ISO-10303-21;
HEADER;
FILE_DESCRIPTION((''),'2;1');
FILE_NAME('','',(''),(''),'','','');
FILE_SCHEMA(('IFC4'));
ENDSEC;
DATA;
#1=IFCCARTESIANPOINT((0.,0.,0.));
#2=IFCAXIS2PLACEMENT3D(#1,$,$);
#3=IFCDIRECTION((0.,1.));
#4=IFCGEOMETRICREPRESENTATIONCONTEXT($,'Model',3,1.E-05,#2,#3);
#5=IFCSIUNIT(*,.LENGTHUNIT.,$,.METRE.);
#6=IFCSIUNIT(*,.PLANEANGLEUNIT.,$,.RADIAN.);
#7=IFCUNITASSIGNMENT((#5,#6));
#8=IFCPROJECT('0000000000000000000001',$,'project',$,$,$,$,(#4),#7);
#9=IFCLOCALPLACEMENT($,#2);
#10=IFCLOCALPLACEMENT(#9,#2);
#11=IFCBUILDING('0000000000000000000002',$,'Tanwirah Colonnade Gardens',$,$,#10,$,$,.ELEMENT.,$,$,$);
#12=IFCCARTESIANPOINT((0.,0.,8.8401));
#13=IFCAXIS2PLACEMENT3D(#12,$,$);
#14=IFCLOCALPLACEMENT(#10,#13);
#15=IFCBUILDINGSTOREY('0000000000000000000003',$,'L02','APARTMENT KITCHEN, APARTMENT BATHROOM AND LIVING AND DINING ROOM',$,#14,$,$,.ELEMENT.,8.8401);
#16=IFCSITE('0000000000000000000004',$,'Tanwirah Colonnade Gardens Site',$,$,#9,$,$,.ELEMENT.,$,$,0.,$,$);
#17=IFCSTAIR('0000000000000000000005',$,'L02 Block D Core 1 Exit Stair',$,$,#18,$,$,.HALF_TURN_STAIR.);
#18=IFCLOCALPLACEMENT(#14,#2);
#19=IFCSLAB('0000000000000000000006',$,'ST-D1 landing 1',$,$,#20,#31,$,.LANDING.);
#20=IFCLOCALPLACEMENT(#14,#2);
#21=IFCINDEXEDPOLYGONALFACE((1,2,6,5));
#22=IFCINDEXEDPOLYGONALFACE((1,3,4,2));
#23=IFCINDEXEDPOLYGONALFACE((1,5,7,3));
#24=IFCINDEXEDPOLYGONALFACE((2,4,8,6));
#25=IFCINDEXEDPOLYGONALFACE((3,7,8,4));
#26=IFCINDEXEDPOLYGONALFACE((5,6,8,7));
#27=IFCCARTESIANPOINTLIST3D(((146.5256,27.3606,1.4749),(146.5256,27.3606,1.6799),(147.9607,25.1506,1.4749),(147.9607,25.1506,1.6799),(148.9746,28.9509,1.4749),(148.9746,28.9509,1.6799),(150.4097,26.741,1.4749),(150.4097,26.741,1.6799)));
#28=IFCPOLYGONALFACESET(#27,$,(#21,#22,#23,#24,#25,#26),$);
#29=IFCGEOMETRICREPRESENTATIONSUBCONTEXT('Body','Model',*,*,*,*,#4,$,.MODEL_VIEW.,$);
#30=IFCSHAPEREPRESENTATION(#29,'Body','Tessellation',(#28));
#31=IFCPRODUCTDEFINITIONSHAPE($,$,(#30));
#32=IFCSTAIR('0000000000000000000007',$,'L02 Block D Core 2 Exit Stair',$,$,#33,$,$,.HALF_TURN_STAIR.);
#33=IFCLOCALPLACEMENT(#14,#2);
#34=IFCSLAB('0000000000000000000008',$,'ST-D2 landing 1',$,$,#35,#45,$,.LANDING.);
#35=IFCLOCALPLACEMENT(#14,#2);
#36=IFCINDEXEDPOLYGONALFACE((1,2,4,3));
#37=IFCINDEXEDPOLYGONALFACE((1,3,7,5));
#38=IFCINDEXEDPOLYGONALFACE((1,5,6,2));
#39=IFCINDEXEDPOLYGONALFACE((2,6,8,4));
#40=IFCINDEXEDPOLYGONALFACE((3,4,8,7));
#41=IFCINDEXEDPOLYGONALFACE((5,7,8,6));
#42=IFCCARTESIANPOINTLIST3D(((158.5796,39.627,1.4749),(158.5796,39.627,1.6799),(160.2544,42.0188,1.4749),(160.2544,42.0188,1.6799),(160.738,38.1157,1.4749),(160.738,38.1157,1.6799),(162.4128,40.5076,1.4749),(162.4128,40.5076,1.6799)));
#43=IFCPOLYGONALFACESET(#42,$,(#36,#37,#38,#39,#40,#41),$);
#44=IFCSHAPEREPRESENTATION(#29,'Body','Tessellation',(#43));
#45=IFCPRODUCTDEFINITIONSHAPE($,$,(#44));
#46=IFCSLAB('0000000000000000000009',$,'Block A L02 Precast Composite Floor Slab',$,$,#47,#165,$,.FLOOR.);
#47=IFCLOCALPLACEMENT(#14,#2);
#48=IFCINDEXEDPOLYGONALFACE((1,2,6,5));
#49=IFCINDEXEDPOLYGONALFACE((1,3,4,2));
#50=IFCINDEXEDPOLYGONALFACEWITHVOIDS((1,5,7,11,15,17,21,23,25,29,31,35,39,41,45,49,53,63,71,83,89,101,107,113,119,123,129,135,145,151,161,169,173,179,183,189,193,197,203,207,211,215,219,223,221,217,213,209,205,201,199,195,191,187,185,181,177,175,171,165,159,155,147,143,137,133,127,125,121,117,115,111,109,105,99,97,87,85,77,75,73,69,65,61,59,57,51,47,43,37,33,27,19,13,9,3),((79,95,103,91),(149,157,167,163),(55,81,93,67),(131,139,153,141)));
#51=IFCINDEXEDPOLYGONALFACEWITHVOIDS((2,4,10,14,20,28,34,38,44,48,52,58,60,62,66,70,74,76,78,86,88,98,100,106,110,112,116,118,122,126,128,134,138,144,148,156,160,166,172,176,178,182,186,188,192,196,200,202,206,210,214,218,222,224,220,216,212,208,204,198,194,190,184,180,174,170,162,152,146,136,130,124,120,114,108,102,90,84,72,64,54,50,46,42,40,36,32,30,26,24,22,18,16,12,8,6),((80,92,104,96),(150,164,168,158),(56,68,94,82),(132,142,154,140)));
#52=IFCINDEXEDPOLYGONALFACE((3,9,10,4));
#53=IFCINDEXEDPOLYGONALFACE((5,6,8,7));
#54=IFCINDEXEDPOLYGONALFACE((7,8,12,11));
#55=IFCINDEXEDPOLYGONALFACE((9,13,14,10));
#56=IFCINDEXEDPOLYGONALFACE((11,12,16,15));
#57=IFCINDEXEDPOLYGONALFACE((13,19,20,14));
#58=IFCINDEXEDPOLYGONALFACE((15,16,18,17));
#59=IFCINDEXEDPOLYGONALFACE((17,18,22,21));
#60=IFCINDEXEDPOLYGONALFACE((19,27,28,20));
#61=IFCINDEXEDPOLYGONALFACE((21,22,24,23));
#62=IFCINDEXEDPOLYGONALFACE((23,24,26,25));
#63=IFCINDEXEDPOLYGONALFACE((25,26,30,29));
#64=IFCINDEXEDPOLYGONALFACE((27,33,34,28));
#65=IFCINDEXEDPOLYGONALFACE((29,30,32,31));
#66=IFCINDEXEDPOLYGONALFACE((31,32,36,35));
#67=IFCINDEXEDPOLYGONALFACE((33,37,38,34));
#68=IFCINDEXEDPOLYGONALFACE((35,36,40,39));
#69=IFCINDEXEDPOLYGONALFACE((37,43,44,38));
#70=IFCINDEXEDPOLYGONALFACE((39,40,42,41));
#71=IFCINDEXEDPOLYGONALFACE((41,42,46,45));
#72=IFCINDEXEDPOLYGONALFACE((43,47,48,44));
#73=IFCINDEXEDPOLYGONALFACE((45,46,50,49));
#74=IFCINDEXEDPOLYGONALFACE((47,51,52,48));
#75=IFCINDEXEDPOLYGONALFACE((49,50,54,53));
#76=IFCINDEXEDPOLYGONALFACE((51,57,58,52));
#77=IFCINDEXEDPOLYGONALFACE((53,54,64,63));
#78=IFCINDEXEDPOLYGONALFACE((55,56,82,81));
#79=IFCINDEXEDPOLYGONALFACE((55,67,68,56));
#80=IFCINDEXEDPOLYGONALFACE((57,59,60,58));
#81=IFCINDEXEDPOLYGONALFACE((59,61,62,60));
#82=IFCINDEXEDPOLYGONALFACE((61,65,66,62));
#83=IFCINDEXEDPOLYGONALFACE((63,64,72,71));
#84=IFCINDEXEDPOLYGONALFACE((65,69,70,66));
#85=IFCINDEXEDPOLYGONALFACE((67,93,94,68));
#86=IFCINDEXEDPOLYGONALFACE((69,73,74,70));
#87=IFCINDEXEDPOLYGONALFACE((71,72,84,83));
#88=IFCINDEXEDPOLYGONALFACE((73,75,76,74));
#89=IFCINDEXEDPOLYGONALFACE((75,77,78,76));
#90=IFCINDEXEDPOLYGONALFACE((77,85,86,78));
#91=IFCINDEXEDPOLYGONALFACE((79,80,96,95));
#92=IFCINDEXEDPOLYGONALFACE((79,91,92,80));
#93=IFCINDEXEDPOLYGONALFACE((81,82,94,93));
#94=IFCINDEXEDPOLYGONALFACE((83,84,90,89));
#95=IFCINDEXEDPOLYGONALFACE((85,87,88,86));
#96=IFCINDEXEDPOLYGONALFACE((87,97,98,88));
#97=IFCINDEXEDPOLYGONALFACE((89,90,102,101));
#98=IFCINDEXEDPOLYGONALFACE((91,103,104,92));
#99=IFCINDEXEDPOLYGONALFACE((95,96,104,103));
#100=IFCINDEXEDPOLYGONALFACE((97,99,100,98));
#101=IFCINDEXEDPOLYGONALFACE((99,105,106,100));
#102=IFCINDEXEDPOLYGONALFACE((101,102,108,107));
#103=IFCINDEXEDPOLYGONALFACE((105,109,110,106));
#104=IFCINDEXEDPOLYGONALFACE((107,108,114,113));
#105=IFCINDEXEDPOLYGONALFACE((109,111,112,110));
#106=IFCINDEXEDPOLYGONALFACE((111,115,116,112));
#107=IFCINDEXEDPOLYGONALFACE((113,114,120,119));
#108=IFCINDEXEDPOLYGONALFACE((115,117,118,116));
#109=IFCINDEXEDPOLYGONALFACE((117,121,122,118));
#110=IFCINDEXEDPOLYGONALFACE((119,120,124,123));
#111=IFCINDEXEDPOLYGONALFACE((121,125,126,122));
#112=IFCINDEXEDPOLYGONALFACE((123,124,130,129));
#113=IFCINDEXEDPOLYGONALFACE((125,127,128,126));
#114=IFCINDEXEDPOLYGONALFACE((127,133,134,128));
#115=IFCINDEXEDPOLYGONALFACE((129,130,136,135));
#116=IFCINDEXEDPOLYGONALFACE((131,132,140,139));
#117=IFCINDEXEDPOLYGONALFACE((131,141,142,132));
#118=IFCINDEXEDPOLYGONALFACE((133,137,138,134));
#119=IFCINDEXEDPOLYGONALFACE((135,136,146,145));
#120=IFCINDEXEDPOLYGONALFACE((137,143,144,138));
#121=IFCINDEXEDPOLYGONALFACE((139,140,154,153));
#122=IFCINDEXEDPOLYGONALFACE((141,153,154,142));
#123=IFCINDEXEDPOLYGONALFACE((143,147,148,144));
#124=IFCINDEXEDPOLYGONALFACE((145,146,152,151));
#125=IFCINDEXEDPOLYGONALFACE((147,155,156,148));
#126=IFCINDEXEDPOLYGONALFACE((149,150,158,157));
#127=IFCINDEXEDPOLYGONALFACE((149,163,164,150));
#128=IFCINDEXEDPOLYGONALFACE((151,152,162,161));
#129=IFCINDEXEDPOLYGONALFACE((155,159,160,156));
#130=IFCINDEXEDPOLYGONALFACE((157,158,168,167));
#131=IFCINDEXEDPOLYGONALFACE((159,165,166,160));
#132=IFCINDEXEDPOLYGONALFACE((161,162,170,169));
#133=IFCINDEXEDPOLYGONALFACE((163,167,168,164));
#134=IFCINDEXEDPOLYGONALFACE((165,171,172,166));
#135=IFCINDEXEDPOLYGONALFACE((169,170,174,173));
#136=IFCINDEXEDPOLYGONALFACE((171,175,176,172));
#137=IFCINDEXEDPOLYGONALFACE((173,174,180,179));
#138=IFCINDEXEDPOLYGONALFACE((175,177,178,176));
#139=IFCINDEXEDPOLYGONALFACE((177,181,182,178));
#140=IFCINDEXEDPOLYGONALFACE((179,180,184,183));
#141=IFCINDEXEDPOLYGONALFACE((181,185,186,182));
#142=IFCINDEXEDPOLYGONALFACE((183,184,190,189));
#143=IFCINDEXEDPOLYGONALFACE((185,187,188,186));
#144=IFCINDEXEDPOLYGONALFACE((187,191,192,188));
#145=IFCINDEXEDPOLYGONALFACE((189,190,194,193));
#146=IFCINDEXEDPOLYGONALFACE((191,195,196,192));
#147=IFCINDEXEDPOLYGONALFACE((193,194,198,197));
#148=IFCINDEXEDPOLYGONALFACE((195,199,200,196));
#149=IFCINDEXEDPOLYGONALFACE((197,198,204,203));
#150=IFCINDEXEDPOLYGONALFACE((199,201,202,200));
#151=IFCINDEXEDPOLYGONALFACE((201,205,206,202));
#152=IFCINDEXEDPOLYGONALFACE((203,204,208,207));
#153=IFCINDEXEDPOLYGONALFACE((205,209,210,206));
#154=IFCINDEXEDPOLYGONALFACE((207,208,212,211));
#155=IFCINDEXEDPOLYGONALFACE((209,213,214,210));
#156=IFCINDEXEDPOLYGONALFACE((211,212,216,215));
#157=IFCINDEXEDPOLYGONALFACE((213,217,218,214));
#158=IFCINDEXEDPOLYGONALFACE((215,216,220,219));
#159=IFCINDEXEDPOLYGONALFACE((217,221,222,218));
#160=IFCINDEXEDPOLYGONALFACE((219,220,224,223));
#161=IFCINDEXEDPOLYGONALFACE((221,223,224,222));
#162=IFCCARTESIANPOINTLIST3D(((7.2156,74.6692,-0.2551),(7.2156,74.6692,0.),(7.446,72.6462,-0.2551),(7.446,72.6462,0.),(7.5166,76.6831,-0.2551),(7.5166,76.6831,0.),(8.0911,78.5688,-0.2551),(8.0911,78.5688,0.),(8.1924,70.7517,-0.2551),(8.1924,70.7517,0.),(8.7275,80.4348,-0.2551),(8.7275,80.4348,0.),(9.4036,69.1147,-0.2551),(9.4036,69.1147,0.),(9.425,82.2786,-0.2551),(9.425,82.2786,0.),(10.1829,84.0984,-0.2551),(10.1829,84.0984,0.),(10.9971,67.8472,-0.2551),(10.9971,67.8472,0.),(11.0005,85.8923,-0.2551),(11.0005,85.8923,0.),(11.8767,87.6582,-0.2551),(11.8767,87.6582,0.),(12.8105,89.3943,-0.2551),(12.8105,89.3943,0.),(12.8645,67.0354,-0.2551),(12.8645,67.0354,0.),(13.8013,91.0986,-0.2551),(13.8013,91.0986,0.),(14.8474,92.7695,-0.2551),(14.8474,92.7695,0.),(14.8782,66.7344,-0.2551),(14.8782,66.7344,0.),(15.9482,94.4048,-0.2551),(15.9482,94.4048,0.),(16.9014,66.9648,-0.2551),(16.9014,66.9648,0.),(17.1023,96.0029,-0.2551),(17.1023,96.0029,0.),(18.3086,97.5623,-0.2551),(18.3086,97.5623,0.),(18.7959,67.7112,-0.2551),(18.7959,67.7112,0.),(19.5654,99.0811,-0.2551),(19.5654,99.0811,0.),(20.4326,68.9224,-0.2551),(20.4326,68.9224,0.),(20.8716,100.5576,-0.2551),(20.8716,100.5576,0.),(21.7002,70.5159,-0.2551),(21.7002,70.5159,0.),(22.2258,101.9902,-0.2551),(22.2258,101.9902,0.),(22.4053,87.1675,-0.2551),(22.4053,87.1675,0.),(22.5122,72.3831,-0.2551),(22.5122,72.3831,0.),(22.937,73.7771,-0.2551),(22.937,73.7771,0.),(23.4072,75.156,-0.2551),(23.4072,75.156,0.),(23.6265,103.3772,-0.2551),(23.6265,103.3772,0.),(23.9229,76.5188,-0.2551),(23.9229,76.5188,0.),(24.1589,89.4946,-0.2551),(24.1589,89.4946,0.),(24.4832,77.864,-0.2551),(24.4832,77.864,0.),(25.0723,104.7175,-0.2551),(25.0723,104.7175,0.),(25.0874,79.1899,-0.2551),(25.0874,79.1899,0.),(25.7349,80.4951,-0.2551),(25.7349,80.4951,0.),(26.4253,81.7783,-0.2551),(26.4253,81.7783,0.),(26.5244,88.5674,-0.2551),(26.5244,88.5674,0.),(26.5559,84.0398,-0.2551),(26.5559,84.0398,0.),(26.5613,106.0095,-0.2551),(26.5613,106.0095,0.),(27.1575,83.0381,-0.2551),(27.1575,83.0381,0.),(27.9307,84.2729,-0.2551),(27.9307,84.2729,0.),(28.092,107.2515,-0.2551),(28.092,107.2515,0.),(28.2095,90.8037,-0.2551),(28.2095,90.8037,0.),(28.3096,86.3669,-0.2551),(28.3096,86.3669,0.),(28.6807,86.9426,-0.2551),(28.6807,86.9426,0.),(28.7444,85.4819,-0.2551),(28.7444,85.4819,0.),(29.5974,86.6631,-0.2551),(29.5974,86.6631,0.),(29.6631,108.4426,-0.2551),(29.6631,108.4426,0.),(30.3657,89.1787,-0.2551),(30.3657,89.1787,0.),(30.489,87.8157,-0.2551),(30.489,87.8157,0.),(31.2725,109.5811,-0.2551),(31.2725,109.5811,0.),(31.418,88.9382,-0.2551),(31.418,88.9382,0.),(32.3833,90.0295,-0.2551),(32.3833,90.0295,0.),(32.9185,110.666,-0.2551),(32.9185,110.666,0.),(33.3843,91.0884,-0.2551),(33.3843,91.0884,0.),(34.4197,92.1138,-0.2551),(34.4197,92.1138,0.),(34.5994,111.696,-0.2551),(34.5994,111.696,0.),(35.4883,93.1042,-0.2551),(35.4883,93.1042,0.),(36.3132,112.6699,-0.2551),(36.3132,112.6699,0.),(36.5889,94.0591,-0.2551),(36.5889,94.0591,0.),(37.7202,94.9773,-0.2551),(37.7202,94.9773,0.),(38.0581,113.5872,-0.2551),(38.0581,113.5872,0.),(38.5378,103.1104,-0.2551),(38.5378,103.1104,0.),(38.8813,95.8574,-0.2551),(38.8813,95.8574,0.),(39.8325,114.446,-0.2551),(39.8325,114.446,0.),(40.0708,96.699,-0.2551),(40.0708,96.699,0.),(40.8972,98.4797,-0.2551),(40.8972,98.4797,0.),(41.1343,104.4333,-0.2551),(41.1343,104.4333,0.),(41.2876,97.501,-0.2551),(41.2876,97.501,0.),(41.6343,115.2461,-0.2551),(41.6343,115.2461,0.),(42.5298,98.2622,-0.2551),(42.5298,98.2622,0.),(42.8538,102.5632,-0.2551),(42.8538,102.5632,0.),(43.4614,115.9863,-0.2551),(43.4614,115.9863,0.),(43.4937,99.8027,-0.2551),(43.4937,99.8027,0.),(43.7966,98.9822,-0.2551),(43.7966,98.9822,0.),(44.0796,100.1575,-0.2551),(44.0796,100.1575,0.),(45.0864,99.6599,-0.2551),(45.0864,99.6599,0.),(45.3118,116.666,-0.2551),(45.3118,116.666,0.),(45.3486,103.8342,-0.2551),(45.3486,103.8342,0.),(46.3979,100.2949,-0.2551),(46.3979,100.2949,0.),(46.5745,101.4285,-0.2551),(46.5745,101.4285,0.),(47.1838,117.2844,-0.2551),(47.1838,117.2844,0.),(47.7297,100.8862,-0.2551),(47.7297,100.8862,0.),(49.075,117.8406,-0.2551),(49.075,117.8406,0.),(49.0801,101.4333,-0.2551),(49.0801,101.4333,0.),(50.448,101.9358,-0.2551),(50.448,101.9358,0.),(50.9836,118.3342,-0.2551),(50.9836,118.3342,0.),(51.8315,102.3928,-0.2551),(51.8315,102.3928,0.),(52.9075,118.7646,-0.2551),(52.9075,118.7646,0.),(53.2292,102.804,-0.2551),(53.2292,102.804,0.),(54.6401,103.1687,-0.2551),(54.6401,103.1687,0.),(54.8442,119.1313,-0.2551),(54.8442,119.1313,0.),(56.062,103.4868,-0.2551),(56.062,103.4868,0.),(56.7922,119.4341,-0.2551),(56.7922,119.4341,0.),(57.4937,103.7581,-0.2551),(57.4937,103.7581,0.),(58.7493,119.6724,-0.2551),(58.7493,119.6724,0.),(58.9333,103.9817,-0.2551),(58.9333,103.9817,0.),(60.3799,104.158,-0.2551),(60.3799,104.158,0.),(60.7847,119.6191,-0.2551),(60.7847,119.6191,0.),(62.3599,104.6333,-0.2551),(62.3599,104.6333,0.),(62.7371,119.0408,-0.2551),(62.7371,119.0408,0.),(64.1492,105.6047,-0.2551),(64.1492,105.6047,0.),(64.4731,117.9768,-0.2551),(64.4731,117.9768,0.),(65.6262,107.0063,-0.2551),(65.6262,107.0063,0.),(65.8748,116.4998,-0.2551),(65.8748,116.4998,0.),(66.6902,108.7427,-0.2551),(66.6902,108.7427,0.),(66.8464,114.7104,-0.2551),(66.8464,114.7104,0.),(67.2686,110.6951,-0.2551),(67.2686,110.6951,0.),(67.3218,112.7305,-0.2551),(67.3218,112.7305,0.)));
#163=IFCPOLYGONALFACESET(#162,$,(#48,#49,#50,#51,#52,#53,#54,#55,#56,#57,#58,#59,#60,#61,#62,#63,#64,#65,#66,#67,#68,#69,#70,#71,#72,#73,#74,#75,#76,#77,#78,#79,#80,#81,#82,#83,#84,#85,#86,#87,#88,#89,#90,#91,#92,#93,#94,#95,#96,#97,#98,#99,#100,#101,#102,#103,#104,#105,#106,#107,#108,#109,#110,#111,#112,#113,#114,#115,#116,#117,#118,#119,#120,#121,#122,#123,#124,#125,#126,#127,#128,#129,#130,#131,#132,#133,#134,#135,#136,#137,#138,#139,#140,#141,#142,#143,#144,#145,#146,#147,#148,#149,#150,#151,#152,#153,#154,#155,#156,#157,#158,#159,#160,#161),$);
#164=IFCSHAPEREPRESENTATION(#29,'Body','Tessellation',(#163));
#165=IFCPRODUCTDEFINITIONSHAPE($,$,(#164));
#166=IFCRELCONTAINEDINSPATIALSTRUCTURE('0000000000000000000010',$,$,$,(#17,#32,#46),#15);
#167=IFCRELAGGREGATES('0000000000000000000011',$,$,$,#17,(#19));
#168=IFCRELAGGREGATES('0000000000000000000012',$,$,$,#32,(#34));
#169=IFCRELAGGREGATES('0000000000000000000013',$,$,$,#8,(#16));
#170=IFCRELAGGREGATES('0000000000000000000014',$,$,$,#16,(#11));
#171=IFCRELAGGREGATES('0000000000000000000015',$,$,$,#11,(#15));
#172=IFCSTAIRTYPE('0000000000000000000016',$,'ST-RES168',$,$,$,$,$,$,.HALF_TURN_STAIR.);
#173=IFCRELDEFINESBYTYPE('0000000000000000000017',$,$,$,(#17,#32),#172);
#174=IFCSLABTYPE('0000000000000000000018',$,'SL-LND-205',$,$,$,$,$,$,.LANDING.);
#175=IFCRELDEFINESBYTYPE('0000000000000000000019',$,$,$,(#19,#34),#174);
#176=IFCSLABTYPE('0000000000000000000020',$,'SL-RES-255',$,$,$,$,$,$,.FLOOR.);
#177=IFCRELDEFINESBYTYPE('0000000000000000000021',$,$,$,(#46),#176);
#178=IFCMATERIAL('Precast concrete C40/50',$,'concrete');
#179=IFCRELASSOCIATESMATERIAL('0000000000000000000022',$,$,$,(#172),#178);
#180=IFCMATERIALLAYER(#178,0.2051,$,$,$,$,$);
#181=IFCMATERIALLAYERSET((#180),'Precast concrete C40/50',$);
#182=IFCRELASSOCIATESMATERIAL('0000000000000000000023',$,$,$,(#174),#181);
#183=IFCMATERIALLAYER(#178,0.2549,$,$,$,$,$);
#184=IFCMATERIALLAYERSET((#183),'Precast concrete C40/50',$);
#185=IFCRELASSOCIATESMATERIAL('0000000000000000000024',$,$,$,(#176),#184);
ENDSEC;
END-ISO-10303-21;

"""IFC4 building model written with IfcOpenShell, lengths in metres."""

from ifc_helpers import new_model, si_unit, direction, frame, origin, place, context, subcontext, project, spatial, polyline, outline, extrude, material, layer, layer_set, type_object, element, aggregate, save


model = new_model("IFC4")

# Units and contexts
model_context = context("Model", 3, precision=1e-05, world=origin(), true_north=direction((0.0, 1.0)))
body_context = subcontext(model_context, "Body", "Model", "MODEL_VIEW")
ifc_project = project(units=[si_unit("LENGTHUNIT", "METRE"), si_unit("PLANEANGLEUNIT", "RADIAN")], contexts=[model_context])

# Site, building, storey
site_placement = place(None, origin())
site = spatial("IfcSite", under=ifc_project, at=site_placement, Name="Tanwirah Colonnade Gardens Site", CompositionType="ELEMENT", RefElevation=0.0)
building_placement = place(site_placement, origin())
building = spatial("IfcBuilding", under=site, at=building_placement, Name="Tanwirah Colonnade Gardens", CompositionType="ELEMENT")
storey_placement = place(building_placement, frame((0.0, 0.0, 8.8401)))
storey = spatial("IfcBuildingStorey", under=building, at=storey_placement, Name="L02", Description="APARTMENT KITCHEN, APARTMENT BATHROOM AND LIVING AND DINING ROOM", CompositionType="ELEMENT", Elevation=8.8401)

# Shared definitions
ifc_material_1 = material(Name="Precast concrete C40/50", Category="concrete")

# Stairs, slabs
stair_type = type_object("IfcStairType", Name="ST-RES168", PredefinedType="HALF_TURN_STAIR", material=ifc_material_1)
ifc_layer_1 = layer(ifc_material_1, 0.2051)
ifc_layer_set_1 = layer_set([ifc_layer_1], Name="Precast concrete C40/50")
slab_type_1 = type_object("IfcSlabType", Name="SL-LND-205", PredefinedType="LANDING", material=ifc_layer_set_1)
stair_1_placement = place(storey_placement, origin())
stair_1 = element("IfcStair", 1, at=stair_1_placement, inside=storey, type_object=stair_type, Name="L02 Block D Core 1 Exit Stair", PredefinedType="HALF_TURN_STAIR")
slab_1_placement = place(storey_placement, frame((0.0, 0.0, 1.4749)))
slab_1 = element("IfcSlab", 2, at=slab_1_placement, type_object=slab_type_1, Name="ST-D1 landing 1", PredefinedType="LANDING", context=body_context, shape_type="SweptSolid", body=[
    extrude(outline(polyline([(150.4097, 26.741), (148.9746, 28.9509), (146.5256, 27.3606), (147.9607, 25.1506), (150.4097, 26.741)])), origin(), (0.0, 0.0, 1.0), 0.2051),
])
aggregate(stair_1, [slab_1])
stair_2_placement = place(storey_placement, origin())
stair_2 = element("IfcStair", 3, at=stair_2_placement, inside=storey, type_object=stair_type, Name="L02 Block D Core 2 Exit Stair", PredefinedType="HALF_TURN_STAIR")
slab_2_placement = place(storey_placement, frame((0.0, 0.0, 1.4749)))
slab_2 = element("IfcSlab", 4, at=slab_2_placement, type_object=slab_type_1, Name="ST-D2 landing 1", PredefinedType="LANDING", context=body_context, shape_type="SweptSolid", body=[
    extrude(outline(polyline([(162.4128, 40.5076), (160.2544, 42.0188), (158.5796, 39.627), (160.738, 38.1157), (162.4128, 40.5076)])), origin(), (0.0, 0.0, 1.0), 0.2051),
])
aggregate(stair_2, [slab_2])

# Slab
ifc_layer_2 = layer(ifc_material_1, 0.2549)
ifc_layer_set_2 = layer_set([ifc_layer_2], Name="Precast concrete C40/50")
slab_type_2 = type_object("IfcSlabType", Name="SL-RES-255", PredefinedType="FLOOR", material=ifc_layer_set_2)
slab_3_placement = place(storey_placement, frame((0.0, 0.0, -0.2551)))
element("IfcSlab", 5, at=slab_3_placement, inside=storey, type_object=slab_type_2, Name="Block A L02 Precast Composite Floor Slab", PredefinedType="FLOOR", context=body_context, shape_type="SweptSolid", body=[
    extrude(outline(polyline([(57.4937, 103.7581), (58.9333, 103.9817), (60.3799, 104.158), (62.3599, 104.6333), (64.1492, 105.6047), (65.6262, 107.0063), (66.6902, 108.7427), (67.2686, 110.6951), (67.3218, 112.7305), (66.8464, 114.7104), (65.8748, 116.4998), (64.4731, 117.9768), (62.7371, 119.0408), (60.7847, 119.6191), (58.7493, 119.6724), (56.7922, 119.4341), (54.8442, 119.1313), (52.9075, 118.7646), (50.9836, 118.3342), (49.075, 117.8406), (47.1838, 117.2844), (45.3118, 116.666), (43.4614, 115.9863), (41.6343, 115.2461), (39.8325, 114.446), (38.0581, 113.5872), (36.3132, 112.6699), (34.5994, 111.696), (32.9185, 110.666), (31.2725, 109.5811), (29.6631, 108.4426), (28.092, 107.2515), (26.5613, 106.0095), (25.0723, 104.7175), (23.6265, 103.3772), (22.2258, 101.9902), (20.8716, 100.5576), (19.5654, 99.0811), (18.3086, 97.5623), (17.1023, 96.0029), (15.9482, 94.4048), (14.8474, 92.7695), (13.8013, 91.0986), (12.8105, 89.3943), (11.8767, 87.6582), (11.0005, 85.8923), (10.1829, 84.0984), (9.425, 82.2786), (8.7275, 80.4348), (8.0911, 78.5688), (7.5166, 76.6831), (7.2156, 74.6692), (7.446, 72.6462), (8.1924, 70.7517), (9.4036, 69.1147), (10.9971, 67.8472), (12.8645, 67.0354), (14.8782, 66.7344), (16.9014, 66.9648), (18.7959, 67.7112), (20.4326, 68.9224), (21.7002, 70.5159), (22.5122, 72.3831), (22.937, 73.7771), (23.4072, 75.156), (23.9229, 76.5188), (24.4832, 77.864), (25.0874, 79.1899), (25.7349, 80.4951), (26.4253, 81.7783), (27.1575, 83.0381), (27.9307, 84.2729), (28.7444, 85.4819), (29.5974, 86.6631), (30.489, 87.8157), (31.418, 88.9382), (32.3833, 90.0295), (33.3843, 91.0884), (34.4197, 92.1138), (35.4883, 93.1042), (36.5889, 94.0591), (37.7202, 94.9773), (38.8813, 95.8574), (40.0708, 96.699), (41.2876, 97.501), (42.5298, 98.2622), (43.7966, 98.9822), (45.0864, 99.6599), (46.3979, 100.2949), (47.7297, 100.8862), (49.0801, 101.4333), (50.448, 101.9358), (51.8315, 102.3928), (53.2292, 102.804), (54.6401, 103.1687), (56.062, 103.4868), (57.4937, 103.7581)]), holes=[polyline([(41.1343, 104.4333), (43.4937, 99.8027), (40.8972, 98.4797), (38.5378, 103.1104), (41.1343, 104.4333)]), polyline([(46.5745, 101.4285), (44.0796, 100.1575), (42.8538, 102.5632), (45.3486, 103.8342), (46.5745, 101.4285)]), polyline([(26.5559, 84.0398), (22.4053, 87.1675), (24.1589, 89.4946), (28.3096, 86.3669), (26.5559, 84.0398)]), polyline([(26.5244, 88.5674), (28.2095, 90.8037), (30.3657, 89.1787), (28.6807, 86.9426), (26.5244, 88.5674)])]), origin(), (0.0, 0.0, 1.0), 0.2551),
])

save(model, "model.ifc")
